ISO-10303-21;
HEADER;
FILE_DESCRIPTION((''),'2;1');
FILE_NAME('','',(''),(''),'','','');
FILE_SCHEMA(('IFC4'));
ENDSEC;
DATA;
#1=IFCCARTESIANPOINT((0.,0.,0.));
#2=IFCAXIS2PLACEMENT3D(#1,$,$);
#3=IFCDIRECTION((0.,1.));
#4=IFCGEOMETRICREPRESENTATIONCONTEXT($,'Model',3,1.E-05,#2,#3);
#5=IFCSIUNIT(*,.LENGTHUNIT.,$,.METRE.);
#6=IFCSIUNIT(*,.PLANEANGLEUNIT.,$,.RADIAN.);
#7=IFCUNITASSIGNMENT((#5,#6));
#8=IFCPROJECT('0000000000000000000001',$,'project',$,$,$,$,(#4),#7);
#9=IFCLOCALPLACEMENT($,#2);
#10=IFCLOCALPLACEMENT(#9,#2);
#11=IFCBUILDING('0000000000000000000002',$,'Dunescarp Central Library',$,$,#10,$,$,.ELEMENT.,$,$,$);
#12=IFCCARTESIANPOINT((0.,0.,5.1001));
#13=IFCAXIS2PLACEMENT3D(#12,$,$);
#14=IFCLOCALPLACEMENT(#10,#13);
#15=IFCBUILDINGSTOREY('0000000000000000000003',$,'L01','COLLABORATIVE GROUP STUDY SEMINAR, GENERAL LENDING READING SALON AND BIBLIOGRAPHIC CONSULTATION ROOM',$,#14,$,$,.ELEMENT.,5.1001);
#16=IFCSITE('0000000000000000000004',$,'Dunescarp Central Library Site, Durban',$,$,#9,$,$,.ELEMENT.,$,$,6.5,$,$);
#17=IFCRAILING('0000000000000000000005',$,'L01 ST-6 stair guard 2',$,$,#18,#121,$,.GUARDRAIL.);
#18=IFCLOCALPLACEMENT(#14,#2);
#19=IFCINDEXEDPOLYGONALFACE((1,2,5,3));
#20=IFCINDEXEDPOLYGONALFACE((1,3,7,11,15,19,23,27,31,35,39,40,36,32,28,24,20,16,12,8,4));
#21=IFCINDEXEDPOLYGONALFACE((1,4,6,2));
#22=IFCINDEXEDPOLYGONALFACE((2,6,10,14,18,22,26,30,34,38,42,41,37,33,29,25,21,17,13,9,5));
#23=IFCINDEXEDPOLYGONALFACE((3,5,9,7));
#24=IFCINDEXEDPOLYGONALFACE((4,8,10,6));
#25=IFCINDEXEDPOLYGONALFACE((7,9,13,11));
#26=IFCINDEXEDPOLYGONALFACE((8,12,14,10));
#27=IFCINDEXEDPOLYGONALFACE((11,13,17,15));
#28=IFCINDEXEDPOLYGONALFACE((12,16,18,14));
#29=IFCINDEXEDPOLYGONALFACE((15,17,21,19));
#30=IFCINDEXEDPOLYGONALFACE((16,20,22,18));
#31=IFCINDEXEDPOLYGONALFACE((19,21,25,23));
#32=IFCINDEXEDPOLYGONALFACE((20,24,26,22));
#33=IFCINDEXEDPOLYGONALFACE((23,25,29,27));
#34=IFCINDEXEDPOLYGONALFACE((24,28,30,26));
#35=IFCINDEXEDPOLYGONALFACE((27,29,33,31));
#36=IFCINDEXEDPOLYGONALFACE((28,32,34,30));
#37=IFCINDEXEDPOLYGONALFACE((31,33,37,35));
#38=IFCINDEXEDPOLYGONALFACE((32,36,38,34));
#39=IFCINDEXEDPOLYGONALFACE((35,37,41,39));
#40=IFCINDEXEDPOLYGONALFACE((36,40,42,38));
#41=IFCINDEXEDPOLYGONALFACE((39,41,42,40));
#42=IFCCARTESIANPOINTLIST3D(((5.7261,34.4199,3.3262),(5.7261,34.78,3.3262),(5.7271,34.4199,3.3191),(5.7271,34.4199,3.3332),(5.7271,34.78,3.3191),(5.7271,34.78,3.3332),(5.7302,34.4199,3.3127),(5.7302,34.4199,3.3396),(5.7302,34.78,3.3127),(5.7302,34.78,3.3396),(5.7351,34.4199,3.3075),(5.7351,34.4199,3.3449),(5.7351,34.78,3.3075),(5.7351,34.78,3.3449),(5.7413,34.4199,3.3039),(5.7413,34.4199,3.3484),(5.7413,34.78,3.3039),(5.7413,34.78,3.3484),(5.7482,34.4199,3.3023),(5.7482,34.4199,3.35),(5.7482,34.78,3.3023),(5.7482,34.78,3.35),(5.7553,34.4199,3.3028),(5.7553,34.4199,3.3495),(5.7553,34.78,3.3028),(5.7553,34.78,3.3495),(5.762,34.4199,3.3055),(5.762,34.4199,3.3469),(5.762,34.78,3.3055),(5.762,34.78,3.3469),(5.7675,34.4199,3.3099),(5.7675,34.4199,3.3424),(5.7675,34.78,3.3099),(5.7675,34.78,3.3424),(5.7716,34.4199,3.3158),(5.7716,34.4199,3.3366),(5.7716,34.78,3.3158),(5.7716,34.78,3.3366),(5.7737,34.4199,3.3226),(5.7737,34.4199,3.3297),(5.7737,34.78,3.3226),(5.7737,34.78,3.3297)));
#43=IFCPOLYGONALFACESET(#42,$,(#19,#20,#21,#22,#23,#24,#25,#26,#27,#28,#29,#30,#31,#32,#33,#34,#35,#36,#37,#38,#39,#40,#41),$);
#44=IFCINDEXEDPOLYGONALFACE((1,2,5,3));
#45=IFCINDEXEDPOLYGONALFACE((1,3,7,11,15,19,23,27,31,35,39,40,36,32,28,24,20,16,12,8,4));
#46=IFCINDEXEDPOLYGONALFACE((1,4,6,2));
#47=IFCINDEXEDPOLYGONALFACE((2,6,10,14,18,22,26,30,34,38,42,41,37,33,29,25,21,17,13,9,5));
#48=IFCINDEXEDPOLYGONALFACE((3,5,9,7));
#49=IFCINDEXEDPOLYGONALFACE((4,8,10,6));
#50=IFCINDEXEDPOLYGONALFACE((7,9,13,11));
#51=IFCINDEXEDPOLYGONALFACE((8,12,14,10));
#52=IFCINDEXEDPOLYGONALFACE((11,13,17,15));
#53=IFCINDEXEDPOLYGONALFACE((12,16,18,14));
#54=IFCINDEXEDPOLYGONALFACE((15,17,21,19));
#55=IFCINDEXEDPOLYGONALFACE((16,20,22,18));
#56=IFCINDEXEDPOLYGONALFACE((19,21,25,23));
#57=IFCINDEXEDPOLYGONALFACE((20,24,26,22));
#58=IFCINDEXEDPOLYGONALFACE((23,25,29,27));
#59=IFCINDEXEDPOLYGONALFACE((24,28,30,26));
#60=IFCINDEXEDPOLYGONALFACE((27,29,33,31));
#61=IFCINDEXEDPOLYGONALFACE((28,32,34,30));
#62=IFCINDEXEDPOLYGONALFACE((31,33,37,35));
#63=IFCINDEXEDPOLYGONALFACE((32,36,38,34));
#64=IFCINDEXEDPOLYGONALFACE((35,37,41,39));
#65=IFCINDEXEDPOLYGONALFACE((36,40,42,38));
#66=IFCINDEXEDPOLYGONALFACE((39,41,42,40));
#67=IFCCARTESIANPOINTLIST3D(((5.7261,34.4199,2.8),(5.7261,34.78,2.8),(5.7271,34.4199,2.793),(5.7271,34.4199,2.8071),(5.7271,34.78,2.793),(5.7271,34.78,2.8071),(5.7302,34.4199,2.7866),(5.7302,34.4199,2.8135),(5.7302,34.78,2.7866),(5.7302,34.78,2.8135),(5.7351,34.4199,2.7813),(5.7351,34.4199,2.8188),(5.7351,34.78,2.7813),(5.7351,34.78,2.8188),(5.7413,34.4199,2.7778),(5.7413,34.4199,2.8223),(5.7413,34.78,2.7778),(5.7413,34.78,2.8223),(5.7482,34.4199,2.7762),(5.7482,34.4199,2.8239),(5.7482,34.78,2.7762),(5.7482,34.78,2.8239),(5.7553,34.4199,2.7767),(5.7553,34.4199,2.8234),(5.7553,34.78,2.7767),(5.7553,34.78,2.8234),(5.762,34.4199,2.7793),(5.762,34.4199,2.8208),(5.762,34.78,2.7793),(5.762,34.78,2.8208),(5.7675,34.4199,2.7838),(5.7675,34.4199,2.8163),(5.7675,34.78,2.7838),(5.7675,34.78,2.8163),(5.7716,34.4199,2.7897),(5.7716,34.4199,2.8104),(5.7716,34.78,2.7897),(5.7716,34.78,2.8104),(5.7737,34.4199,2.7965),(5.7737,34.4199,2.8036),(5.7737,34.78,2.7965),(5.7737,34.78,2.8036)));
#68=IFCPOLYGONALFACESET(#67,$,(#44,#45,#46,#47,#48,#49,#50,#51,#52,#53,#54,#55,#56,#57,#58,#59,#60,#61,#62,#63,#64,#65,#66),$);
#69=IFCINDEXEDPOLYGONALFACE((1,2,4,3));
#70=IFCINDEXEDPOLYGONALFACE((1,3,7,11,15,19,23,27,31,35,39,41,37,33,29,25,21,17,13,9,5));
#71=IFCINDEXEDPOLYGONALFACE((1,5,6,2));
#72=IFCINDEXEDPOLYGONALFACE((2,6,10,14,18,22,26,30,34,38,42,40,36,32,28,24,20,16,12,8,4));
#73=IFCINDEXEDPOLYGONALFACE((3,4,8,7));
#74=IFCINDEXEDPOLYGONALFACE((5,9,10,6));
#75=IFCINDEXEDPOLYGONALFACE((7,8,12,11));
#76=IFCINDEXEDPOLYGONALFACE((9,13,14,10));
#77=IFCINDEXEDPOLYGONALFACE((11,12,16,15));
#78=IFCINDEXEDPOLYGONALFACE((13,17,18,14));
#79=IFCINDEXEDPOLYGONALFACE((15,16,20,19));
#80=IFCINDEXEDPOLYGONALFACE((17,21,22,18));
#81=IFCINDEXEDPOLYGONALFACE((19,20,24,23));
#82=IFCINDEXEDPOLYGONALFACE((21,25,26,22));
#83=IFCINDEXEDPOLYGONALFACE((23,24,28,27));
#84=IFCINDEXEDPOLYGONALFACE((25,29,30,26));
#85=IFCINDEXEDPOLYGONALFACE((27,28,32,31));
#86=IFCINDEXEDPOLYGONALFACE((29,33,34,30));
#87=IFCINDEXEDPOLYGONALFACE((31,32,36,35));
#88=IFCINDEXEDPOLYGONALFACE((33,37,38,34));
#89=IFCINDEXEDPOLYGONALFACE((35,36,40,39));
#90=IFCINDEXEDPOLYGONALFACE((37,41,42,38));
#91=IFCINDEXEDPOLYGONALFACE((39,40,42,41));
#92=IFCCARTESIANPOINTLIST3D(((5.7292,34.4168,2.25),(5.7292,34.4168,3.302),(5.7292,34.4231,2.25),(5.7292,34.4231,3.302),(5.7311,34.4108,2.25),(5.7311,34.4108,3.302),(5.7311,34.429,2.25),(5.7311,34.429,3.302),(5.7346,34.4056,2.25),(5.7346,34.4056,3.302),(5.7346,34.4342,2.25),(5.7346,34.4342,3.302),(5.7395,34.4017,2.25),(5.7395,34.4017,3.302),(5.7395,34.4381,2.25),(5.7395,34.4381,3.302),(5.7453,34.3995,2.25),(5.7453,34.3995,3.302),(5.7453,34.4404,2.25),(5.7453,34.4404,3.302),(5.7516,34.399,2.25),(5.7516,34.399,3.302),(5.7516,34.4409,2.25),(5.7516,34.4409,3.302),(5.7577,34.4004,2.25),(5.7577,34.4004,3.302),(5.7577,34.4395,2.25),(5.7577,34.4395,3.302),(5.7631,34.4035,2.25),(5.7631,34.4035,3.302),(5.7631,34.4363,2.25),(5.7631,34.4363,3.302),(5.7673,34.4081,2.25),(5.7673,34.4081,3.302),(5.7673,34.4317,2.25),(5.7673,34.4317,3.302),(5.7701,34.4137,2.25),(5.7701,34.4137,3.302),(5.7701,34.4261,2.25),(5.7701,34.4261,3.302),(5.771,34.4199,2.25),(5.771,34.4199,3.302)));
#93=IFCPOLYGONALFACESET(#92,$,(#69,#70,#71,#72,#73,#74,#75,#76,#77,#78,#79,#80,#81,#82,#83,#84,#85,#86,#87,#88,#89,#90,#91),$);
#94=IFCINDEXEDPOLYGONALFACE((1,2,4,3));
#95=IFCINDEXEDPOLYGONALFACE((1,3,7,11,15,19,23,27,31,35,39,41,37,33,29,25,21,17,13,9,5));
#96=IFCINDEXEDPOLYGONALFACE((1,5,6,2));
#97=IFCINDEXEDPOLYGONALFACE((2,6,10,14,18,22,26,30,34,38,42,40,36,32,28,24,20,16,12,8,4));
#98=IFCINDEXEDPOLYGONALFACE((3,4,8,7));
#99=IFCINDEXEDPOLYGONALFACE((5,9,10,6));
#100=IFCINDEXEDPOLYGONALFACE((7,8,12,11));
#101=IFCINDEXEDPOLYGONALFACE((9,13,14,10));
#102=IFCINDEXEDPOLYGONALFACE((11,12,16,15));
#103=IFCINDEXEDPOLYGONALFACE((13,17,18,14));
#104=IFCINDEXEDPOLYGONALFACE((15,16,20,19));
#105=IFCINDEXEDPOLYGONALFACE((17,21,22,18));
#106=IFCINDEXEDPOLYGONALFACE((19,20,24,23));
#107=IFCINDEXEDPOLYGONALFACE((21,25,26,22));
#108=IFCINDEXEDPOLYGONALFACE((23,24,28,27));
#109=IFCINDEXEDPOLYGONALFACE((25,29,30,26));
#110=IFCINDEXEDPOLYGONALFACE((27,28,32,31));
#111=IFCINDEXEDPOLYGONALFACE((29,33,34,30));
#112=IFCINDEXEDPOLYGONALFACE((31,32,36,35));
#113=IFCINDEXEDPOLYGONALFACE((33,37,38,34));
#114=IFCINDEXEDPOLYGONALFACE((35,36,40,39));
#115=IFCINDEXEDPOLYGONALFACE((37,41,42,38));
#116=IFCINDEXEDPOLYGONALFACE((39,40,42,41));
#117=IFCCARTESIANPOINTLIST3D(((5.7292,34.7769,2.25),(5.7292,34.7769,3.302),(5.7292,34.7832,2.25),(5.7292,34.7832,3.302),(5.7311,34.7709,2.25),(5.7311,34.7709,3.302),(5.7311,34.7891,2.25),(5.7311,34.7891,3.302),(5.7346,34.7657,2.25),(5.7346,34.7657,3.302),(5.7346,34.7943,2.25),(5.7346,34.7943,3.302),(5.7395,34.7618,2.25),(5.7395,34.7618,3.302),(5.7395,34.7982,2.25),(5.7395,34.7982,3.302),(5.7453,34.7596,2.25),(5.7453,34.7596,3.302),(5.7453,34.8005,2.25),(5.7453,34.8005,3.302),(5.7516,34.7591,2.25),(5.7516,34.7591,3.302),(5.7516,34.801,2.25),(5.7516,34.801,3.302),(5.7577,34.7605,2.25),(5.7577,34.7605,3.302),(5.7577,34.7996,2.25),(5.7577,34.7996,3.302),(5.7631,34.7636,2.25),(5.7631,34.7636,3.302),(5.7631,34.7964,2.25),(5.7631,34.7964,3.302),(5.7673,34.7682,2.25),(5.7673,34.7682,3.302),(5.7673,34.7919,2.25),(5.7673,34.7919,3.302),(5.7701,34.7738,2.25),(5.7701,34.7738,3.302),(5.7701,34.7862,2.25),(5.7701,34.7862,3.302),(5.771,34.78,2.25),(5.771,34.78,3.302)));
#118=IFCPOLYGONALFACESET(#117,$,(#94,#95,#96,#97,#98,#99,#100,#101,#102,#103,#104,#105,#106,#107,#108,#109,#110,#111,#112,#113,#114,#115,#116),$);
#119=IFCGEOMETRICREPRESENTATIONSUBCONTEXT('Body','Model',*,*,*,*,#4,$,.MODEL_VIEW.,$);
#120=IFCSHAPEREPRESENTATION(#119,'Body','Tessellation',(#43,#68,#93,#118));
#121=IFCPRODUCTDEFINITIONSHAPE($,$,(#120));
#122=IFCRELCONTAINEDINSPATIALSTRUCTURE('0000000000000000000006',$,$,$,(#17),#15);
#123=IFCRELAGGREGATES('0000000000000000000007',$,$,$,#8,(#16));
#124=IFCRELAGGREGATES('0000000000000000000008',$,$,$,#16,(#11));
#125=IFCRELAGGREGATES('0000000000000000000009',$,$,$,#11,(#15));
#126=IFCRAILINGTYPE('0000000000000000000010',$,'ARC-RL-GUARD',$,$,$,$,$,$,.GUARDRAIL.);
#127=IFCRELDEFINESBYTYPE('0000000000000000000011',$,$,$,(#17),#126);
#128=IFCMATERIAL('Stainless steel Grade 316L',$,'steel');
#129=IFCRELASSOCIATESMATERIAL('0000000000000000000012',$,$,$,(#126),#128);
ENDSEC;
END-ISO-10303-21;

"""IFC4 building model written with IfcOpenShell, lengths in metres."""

from ifc_helpers import new_model, si_unit, direction, frame, origin, origin_2d, place, context, subcontext, project, spatial, circle, extrude, material, type_object, element, save


model = new_model("IFC4")

# Units and contexts
model_context = context("Model", 3, precision=1e-05, world=origin(), true_north=direction((0.0, 1.0)))
body_context = subcontext(model_context, "Body", "Model", "MODEL_VIEW")
ifc_project = project(units=[si_unit("LENGTHUNIT", "METRE"), si_unit("PLANEANGLEUNIT", "RADIAN")], contexts=[model_context])

# Site, building, storey
site_placement = place(None, origin())
site = spatial("IfcSite", under=ifc_project, at=site_placement, Name="Dunescarp Central Library Site, Durban", CompositionType="ELEMENT", RefElevation=6.5)
building_placement = place(site_placement, origin())
building = spatial("IfcBuilding", under=site, at=building_placement, Name="Dunescarp Central Library", CompositionType="ELEMENT")
storey_placement = place(building_placement, frame((0.0, 0.0, 5.1001)))
storey = spatial("IfcBuildingStorey", under=building, at=storey_placement, Name="L01", Description="COLLABORATIVE GROUP STUDY SEMINAR, GENERAL LENDING READING SALON AND BIBLIOGRAPHIC CONSULTATION ROOM", CompositionType="ELEMENT", Elevation=5.1001)

# Railing
ifc_material_1 = material(Name="Stainless steel Grade 316L", Category="steel")
railing_type_1 = type_object("IfcRailingType", Name="ARC-RL-GUARD", PredefinedType="GUARDRAIL", material=ifc_material_1)
railing_1_placement = place(storey_placement, frame((5.75, 34.4199, 2.25)))
element("IfcRailing", 1, at=railing_1_placement, inside=storey, type_object=railing_type_1, Name="L01 ST-6 stair guard 2", PredefinedType="GUARDRAIL", context=body_context, shape_type="SweptSolid", body=[
    extrude(circle(Radius=0.0239, at=origin_2d()), frame((0.0, 0.0, 1.0762), z_axis=(0.0, 1.0, 0.0), x_axis=(-1.0, 0.0, 0.0)), (0.0, 0.0, 1.0), 0.3601),
    extrude(circle(Radius=0.0239, at=origin_2d()), frame((0.0, 0.0, 0.55), z_axis=(0.0, 1.0, 0.0), x_axis=(-1.0, 0.0, 0.0)), (0.0, 0.0, 1.0), 0.3601),
    extrude(circle(Radius=0.021, at=origin_2d()), origin(), (0.0, 0.0, 1.0), 1.052),
    extrude(circle(Radius=0.021, at=origin_2d()), frame((0.0, 0.3601, 0.0)), (0.0, 0.0, 1.0), 1.052),
])

save(model, "model.ifc")
